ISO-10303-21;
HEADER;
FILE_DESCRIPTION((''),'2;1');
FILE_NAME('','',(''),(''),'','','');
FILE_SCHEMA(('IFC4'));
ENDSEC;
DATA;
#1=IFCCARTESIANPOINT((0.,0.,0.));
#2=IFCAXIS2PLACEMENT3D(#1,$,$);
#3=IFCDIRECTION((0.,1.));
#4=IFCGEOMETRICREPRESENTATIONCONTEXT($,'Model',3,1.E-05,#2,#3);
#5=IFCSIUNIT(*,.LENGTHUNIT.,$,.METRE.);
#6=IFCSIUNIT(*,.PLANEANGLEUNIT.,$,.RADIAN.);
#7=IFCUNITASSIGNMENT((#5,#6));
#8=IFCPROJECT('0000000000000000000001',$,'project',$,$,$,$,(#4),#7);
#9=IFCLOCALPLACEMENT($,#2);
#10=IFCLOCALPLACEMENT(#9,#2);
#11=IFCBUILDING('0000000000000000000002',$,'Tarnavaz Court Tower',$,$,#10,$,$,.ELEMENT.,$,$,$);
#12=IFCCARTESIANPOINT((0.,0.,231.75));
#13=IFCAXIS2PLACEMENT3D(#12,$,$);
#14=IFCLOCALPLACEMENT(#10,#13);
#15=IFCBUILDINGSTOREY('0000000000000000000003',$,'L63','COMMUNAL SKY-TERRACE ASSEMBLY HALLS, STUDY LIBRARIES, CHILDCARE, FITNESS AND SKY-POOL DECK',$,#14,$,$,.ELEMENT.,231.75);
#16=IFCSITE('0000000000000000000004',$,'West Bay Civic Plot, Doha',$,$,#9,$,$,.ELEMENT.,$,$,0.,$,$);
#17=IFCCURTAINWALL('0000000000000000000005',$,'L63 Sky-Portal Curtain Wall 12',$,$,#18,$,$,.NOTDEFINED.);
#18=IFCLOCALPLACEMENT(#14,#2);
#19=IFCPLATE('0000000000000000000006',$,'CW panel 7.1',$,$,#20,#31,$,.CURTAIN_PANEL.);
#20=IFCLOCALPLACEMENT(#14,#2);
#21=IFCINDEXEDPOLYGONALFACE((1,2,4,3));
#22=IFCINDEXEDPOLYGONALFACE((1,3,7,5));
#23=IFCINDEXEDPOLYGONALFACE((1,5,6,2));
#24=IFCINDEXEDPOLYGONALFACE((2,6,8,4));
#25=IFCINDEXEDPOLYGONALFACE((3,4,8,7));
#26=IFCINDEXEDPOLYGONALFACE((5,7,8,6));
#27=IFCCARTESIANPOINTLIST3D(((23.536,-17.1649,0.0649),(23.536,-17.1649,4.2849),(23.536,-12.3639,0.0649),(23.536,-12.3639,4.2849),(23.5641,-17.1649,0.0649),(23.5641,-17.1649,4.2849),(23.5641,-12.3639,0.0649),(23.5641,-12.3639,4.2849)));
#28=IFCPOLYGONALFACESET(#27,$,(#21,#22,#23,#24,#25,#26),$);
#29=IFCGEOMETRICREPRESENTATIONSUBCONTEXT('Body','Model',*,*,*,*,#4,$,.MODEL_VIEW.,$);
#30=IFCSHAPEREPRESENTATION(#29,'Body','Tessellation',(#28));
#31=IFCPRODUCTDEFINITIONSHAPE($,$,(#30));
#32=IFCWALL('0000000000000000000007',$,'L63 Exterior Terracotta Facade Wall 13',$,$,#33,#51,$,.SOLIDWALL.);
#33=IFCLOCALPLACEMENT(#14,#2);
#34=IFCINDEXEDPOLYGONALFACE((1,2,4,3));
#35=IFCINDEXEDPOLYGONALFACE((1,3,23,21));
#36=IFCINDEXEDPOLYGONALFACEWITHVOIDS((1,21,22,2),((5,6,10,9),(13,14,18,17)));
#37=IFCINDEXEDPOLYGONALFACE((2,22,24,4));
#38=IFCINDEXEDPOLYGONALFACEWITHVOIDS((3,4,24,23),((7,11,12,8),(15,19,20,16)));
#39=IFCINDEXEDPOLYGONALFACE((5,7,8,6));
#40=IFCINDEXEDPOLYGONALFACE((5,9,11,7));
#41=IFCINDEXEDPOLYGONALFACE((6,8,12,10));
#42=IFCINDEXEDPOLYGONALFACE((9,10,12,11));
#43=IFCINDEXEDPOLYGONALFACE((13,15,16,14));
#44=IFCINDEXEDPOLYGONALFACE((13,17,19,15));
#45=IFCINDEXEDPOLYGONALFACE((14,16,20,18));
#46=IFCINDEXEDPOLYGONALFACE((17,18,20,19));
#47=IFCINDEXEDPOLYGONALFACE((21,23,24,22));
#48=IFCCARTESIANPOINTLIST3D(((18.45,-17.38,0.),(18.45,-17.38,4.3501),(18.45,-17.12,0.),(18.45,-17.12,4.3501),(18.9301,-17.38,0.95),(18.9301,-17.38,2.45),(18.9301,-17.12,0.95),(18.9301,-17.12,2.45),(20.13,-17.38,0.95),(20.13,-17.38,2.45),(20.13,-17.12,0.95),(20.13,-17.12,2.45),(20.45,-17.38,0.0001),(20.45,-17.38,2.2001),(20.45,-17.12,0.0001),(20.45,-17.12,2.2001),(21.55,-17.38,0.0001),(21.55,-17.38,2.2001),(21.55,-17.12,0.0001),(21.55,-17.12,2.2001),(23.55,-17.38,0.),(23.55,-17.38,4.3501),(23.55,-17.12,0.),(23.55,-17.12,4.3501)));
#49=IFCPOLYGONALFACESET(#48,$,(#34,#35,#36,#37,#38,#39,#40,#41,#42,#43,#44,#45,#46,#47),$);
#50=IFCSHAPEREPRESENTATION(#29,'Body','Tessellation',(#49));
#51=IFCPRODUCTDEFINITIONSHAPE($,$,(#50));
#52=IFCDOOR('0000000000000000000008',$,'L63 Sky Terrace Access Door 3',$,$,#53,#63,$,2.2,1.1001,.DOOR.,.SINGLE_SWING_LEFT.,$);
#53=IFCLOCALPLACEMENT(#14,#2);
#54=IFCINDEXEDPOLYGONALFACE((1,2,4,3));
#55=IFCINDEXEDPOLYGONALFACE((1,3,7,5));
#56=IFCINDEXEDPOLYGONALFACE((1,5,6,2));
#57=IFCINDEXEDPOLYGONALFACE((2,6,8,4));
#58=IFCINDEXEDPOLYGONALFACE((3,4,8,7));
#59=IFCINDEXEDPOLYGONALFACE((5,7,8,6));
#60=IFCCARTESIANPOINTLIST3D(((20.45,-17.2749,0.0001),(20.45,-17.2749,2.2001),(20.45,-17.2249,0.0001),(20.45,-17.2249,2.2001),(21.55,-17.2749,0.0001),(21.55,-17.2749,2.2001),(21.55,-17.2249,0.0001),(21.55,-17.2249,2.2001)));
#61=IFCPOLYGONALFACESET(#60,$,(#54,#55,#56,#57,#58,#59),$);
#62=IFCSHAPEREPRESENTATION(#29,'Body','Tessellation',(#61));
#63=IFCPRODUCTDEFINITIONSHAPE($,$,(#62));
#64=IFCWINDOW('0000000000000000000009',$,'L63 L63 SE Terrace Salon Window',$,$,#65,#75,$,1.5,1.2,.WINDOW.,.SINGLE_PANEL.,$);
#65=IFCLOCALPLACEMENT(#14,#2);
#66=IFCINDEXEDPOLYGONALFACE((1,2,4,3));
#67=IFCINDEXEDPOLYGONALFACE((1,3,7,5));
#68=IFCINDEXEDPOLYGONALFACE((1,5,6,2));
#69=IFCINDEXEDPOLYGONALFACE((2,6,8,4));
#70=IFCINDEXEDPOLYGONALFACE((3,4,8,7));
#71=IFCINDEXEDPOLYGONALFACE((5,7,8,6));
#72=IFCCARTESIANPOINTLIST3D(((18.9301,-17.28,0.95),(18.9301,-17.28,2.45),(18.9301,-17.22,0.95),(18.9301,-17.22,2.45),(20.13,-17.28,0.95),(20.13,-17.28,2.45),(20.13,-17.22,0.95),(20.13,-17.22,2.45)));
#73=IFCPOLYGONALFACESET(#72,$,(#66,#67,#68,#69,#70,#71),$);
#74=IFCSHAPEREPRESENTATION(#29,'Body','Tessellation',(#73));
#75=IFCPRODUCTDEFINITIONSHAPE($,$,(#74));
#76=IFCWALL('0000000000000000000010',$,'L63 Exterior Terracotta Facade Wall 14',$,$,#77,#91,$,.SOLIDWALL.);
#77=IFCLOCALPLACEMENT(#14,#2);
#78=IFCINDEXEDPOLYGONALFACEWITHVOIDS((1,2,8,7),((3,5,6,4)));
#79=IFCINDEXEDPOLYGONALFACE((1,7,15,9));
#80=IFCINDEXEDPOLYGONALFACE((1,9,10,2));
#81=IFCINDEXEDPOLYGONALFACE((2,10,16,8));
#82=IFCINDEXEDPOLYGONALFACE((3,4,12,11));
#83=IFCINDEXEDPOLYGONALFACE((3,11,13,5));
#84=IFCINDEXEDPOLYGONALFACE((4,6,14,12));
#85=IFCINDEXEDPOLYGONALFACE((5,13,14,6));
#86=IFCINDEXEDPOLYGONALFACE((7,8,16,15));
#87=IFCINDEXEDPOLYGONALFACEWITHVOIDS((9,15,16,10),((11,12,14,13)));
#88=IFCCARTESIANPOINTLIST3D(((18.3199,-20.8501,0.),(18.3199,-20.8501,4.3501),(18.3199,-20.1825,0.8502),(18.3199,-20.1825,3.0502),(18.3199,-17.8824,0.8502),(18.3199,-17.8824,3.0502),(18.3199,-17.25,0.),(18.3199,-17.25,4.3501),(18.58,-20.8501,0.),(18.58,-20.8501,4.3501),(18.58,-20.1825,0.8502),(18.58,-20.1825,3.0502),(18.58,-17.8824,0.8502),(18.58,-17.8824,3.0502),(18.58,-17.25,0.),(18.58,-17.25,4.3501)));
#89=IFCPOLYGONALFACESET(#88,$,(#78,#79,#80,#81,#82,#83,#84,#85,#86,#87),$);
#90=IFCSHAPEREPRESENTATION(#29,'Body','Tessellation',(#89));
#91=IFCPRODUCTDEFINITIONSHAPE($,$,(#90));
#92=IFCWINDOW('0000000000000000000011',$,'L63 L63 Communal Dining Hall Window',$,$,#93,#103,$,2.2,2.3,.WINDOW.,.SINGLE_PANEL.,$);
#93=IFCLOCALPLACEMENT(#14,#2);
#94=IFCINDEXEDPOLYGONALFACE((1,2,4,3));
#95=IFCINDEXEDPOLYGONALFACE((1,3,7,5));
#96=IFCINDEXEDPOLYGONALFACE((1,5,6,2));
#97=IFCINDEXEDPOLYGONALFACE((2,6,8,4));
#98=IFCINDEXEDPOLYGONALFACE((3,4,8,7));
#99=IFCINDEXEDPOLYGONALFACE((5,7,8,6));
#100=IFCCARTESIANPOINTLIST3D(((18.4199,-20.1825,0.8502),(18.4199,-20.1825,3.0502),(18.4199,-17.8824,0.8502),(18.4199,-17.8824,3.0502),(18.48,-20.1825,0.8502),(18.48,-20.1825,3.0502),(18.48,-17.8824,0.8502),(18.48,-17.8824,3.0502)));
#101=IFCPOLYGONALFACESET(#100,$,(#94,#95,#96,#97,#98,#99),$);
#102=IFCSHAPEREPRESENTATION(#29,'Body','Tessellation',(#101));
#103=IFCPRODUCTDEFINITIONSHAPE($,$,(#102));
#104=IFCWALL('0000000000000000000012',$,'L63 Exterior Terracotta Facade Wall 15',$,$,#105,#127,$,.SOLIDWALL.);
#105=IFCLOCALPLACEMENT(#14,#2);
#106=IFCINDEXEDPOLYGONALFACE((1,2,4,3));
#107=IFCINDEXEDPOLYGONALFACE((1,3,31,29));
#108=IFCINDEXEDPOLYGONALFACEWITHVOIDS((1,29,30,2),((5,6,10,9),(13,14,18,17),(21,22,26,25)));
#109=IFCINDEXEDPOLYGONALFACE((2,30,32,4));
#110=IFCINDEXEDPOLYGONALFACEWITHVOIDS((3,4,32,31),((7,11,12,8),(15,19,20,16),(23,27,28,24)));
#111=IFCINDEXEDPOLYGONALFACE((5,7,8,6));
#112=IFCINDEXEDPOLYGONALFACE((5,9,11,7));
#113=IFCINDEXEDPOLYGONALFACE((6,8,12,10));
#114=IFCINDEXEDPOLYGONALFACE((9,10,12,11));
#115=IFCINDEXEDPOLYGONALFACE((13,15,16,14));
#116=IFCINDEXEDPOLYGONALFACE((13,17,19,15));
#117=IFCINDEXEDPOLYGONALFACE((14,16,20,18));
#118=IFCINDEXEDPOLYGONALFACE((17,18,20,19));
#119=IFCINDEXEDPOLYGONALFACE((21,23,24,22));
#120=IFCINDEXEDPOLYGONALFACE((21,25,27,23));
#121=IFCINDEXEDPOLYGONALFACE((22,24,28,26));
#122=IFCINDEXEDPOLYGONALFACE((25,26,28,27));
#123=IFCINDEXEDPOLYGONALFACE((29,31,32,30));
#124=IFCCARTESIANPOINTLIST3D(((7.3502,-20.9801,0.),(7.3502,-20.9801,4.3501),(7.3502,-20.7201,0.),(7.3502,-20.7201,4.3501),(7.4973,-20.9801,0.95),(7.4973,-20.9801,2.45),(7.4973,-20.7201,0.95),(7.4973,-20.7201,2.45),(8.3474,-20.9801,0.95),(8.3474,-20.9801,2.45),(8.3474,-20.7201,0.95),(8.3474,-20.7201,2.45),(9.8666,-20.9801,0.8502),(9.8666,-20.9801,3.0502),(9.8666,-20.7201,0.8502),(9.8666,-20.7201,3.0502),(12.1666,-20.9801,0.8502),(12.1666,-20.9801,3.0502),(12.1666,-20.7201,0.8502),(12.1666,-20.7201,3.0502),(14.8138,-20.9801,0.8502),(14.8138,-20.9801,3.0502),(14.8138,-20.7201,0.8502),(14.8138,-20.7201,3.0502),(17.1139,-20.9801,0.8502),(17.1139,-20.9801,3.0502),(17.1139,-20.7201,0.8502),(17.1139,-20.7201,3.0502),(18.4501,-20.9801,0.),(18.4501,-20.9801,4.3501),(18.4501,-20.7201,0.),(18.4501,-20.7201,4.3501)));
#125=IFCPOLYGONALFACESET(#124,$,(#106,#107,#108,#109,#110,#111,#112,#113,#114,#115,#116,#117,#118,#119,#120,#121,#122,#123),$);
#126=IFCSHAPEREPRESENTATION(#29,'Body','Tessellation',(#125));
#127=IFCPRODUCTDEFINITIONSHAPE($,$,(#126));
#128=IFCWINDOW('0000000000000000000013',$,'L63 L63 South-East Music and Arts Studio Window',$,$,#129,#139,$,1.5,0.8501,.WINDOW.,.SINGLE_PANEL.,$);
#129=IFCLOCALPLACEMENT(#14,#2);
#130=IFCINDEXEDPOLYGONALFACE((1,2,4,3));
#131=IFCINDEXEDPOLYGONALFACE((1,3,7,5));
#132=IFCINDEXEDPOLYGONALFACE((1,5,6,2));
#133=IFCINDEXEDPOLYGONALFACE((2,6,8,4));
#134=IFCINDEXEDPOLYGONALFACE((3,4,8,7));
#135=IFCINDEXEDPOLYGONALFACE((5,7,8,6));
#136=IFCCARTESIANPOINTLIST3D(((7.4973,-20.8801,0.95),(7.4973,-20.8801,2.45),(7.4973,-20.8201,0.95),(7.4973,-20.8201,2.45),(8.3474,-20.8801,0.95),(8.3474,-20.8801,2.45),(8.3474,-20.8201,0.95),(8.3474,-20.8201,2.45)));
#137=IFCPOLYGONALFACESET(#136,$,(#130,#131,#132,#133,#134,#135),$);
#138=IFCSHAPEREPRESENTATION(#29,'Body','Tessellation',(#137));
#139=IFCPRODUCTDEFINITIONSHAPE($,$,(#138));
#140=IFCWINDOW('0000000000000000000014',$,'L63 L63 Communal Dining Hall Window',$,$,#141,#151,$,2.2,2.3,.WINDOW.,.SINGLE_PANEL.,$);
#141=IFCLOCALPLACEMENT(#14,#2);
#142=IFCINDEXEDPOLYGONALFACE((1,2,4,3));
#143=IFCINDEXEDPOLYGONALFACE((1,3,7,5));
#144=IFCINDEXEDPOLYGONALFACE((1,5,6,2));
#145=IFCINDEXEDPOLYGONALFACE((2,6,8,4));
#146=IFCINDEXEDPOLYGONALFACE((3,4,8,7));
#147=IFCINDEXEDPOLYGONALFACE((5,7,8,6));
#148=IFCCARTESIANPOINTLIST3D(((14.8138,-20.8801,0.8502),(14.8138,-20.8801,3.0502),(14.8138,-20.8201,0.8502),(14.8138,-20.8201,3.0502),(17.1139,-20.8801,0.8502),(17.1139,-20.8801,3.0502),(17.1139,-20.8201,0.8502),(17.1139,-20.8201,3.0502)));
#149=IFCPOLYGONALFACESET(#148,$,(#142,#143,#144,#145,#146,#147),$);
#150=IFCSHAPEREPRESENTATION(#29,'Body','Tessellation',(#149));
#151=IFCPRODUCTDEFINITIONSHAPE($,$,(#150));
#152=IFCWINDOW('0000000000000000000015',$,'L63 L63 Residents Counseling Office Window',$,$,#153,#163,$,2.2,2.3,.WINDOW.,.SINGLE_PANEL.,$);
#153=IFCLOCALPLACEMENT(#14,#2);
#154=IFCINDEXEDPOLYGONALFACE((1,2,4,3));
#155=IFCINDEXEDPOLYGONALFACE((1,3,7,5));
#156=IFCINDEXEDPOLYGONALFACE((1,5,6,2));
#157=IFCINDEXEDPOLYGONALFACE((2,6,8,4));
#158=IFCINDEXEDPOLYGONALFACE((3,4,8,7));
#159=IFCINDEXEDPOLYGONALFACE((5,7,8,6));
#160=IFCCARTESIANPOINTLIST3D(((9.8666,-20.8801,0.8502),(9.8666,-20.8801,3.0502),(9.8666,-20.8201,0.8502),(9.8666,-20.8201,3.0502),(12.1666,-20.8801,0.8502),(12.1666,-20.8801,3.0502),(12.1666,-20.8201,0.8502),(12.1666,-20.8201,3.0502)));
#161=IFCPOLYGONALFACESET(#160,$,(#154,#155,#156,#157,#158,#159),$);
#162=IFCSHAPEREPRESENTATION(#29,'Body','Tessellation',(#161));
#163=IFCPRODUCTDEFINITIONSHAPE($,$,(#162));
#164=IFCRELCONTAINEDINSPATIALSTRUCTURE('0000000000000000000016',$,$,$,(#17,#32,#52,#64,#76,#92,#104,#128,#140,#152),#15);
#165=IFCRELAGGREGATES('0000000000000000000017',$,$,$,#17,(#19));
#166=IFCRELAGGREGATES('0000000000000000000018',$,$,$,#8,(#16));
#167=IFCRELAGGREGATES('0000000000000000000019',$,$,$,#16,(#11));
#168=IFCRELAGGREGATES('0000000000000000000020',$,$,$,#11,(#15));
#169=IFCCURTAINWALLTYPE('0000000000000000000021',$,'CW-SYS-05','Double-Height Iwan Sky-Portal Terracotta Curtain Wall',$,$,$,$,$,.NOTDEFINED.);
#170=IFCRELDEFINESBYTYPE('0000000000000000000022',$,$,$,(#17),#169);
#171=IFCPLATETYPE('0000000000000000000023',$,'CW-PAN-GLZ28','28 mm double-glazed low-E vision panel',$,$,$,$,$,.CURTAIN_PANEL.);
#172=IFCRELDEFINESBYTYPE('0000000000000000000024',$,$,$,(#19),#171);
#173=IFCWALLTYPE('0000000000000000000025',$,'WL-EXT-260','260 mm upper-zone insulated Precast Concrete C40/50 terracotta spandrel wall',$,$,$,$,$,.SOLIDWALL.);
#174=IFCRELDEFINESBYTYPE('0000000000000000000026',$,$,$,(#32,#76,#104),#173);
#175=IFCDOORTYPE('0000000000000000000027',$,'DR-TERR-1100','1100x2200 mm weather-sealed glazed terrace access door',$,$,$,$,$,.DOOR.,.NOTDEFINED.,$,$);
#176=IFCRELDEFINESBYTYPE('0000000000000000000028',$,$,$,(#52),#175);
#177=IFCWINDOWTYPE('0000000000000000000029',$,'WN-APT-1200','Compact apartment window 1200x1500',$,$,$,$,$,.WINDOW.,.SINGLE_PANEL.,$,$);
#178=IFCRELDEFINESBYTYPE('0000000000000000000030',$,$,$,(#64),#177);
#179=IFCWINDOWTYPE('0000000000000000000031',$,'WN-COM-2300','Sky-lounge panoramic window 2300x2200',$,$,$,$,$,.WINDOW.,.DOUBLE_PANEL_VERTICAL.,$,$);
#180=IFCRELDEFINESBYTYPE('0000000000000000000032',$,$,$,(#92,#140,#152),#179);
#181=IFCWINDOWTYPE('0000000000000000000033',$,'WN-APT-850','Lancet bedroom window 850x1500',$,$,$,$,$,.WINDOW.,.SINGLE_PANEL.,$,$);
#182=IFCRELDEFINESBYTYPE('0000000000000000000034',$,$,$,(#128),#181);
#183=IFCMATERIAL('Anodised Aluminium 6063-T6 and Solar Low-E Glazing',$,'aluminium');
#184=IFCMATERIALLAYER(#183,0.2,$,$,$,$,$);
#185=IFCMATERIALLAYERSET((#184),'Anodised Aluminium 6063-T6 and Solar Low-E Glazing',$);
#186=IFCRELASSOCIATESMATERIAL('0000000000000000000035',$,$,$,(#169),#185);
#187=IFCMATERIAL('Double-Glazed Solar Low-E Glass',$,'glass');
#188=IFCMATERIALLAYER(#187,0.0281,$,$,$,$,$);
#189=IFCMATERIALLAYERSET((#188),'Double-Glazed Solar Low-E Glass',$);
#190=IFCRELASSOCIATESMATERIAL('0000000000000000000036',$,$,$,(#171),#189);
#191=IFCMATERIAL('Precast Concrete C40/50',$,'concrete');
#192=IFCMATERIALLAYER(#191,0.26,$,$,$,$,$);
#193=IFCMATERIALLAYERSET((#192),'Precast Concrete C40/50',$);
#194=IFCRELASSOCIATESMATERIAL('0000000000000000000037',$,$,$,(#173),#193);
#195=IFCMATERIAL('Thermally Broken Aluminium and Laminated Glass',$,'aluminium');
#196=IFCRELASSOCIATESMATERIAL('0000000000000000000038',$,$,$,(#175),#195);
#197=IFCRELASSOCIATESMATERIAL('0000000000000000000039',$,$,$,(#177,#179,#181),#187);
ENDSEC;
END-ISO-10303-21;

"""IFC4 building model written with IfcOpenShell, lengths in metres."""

from ifc_helpers import new_model, si_unit, direction, frame, frame_2d, origin, origin_2d, place, context, subcontext, project, spatial, rectangle, extrude, material, layer, layer_set, type_object, element, fill, aggregate, save


model = new_model("IFC4")

# Units and contexts
model_context = context("Model", 3, precision=1e-05, world=origin(), true_north=direction((0.0, 1.0)))
body_context = subcontext(model_context, "Body", "Model", "MODEL_VIEW")
ifc_project = project(units=[si_unit("LENGTHUNIT", "METRE"), si_unit("PLANEANGLEUNIT", "RADIAN")], contexts=[model_context])

# Site, building, storey
site_placement = place(None, origin())
site = spatial("IfcSite", under=ifc_project, at=site_placement, Name="West Bay Civic Plot, Doha", CompositionType="ELEMENT", RefElevation=0.0)
building_placement = place(site_placement, origin())
building = spatial("IfcBuilding", under=site, at=building_placement, Name="Tarnavaz Court Tower", CompositionType="ELEMENT")
storey_placement = place(building_placement, frame((0.0, 0.0, 231.75)))
storey = spatial("IfcBuildingStorey", under=building, at=storey_placement, Name="L63", Description="COMMUNAL SKY-TERRACE ASSEMBLY HALLS, STUDY LIBRARIES, CHILDCARE, FITNESS AND SKY-POOL DECK", CompositionType="ELEMENT", Elevation=231.75)

# Curtain wall, plate
ifc_material_1 = material(Name="Anodised Aluminium 6063-T6 and Solar Low-E Glazing", Category="aluminium")
ifc_layer_1 = layer(ifc_material_1, 0.2)
ifc_layer_set_1 = layer_set([ifc_layer_1], Name="Anodised Aluminium 6063-T6 and Solar Low-E Glazing")
curtain_wall_type = type_object("IfcCurtainWallType", Name="CW-SYS-05", Description="Double-Height Iwan Sky-Portal Terracotta Curtain Wall", PredefinedType="NOTDEFINED", material=ifc_layer_set_1)
curtain_wall_placement = place(storey_placement, origin())
curtain_wall = element("IfcCurtainWall", 1, at=curtain_wall_placement, inside=storey, type_object=curtain_wall_type, Name="L63 Sky-Portal Curtain Wall 12", PredefinedType="NOTDEFINED")
ifc_material_2 = material(Name="Double-Glazed Solar Low-E Glass", Category="glass")
ifc_layer_2 = layer(ifc_material_2, 0.0281)
ifc_layer_set_2 = layer_set([ifc_layer_2], Name="Double-Glazed Solar Low-E Glass")
plate_type = type_object("IfcPlateType", Name="CW-PAN-GLZ28", Description="28 mm double-glazed low-E vision panel", PredefinedType="CURTAIN_PANEL", material=ifc_layer_set_2)
plate_placement = place(storey_placement, frame((23.55, -14.7644, 0.0649), z_axis=(0.0, 0.0, 1.0), x_axis=(0.0, -1.0, 0.0)))
plate = element("IfcPlate", 2, at=plate_placement, type_object=plate_type, Name="CW panel 7.1", PredefinedType="CURTAIN_PANEL", context=body_context, shape_type="SweptSolid", body=[
    extrude(rectangle(XDim=4.801, YDim=0.0281, at=origin_2d()), origin(), (0.0, 0.0, 1.0), 4.22),
])
aggregate(curtain_wall, [plate])

# Wall, openings, door, window
ifc_material_3 = material(Name="Precast Concrete C40/50", Category="concrete")
ifc_layer_3 = layer(ifc_material_3, 0.26)
ifc_layer_set_3 = layer_set([ifc_layer_3], Name="Precast Concrete C40/50")
wall_type_1 = type_object("IfcWallType", Name="WL-EXT-260", Description="260 mm upper-zone insulated Precast Concrete C40/50 terracotta spandrel wall", PredefinedType="SOLIDWALL", material=ifc_layer_set_3)
wall_1_placement = place(storey_placement, frame((23.55, -17.25, 0.0), z_axis=(0.0, 0.0, 1.0), x_axis=(-1.0, 0.0, 0.0)))
wall_1 = element("IfcWall", 3, at=wall_1_placement, inside=storey, type_object=wall_type_1, Name="L63 Exterior Terracotta Facade Wall 13", PredefinedType="SOLIDWALL", context=body_context, shape_type="SweptSolid", body=[
    extrude(rectangle(XDim=5.1001, YDim=0.26, at=frame_2d((2.55, 0.0))), origin(), (0.0, 0.0, 1.0), 4.3501),
])
opening_1_placement = place(wall_1_placement, frame((2.0, 0.0, 0.0)))
opening_1 = element("IfcOpeningElement", 4, at=opening_1_placement, cuts=wall_1, PredefinedType="OPENING", context=body_context, shape_type="SweptSolid", body=[
    extrude(rectangle(XDim=1.1001, YDim=2.2, at=frame_2d((0.55, 1.1001))), frame((0.0, 0.1399, 0.0), z_axis=(0.0, -1.0, 0.0), x_axis=(1.0, 0.0, 0.0)), (0.0, 0.0, 1.0), 0.28),
])
opening_2_placement = place(wall_1_placement, frame((3.4199, 0.0, 0.95)))
opening_2 = element("IfcOpeningElement", 5, at=opening_2_placement, cuts=wall_1, PredefinedType="OPENING", context=body_context, shape_type="SweptSolid", body=[
    extrude(rectangle(XDim=1.2, YDim=1.5, at=frame_2d((0.6001, 0.75))), frame((0.0, 0.1399, 0.0), z_axis=(0.0, -1.0, 0.0), x_axis=(1.0, 0.0, 0.0)), (0.0, 0.0, 1.0), 0.28),
])
ifc_material_4 = material(Name="Thermally Broken Aluminium and Laminated Glass", Category="aluminium")
door_type = type_object("IfcDoorType", Name="DR-TERR-1100", Description="1100x2200 mm weather-sealed glazed terrace access door", OperationType="NOTDEFINED", PredefinedType="DOOR", material=ifc_material_4)
door_placement = place(opening_1_placement, origin())
door = element("IfcDoor", 6, at=door_placement, inside=storey, type_object=door_type, Name="L63 Sky Terrace Access Door 3", OperationType="SINGLE_SWING_LEFT", OverallHeight=2.2, OverallWidth=1.1001, PredefinedType="DOOR", context=body_context, shape_type="SweptSolid", body=[
    extrude(rectangle(XDim=1.1001, YDim=2.2, at=frame_2d((0.55, 1.1001))), frame((0.0, 0.0249, 0.0), z_axis=(0.0, -1.0, 0.0), x_axis=(1.0, 0.0, 0.0)), (0.0, 0.0, 1.0), 0.05),
])
fill(opening_1, door)
window_type_1 = type_object("IfcWindowType", Name="WN-APT-1200", Description="Compact apartment window 1200x1500", PartitioningType="SINGLE_PANEL", PredefinedType="WINDOW", material=ifc_material_2)
window_1_placement = place(opening_2_placement, origin())
window_1 = element("IfcWindow", 7, at=window_1_placement, inside=storey, type_object=window_type_1, Name="L63 L63 SE Terrace Salon Window", OverallHeight=1.5, OverallWidth=1.2, PartitioningType="SINGLE_PANEL", PredefinedType="WINDOW", context=body_context, shape_type="SweptSolid", body=[
    extrude(rectangle(XDim=1.2, YDim=1.5, at=frame_2d((0.6001, 0.75))), frame((0.0, 0.03, 0.0), z_axis=(0.0, -1.0, 0.0), x_axis=(1.0, 0.0, 0.0)), (0.0, 0.0, 1.0), 0.0601),
])
fill(opening_2, window_1)

# Wall, opening, window
wall_2_placement = place(storey_placement, frame((18.45, -17.25, 0.0), z_axis=(0.0, 0.0, 1.0), x_axis=(0.0, -1.0, 0.0)))
wall_2 = element("IfcWall", 8, at=wall_2_placement, inside=storey, type_object=wall_type_1, Name="L63 Exterior Terracotta Facade Wall 14", PredefinedType="SOLIDWALL", context=body_context, shape_type="SweptSolid", body=[
    extrude(rectangle(XDim=3.6001, YDim=0.26, at=frame_2d((1.8, 0.0))), origin(), (0.0, 0.0, 1.0), 4.3501),
])
opening_3_placement = place(wall_2_placement, frame((0.6326, 0.0, 0.8501)))
opening_3 = element("IfcOpeningElement", 9, at=opening_3_placement, cuts=wall_2, PredefinedType="OPENING", context=body_context, shape_type="SweptSolid", body=[
    extrude(rectangle(XDim=2.3, YDim=2.2, at=frame_2d((1.1499, 1.1001))), frame((0.0, 0.1399, 0.0), z_axis=(0.0, -1.0, 0.0), x_axis=(1.0, 0.0, 0.0)), (0.0, 0.0, 1.0), 0.28),
])
window_type_2 = type_object("IfcWindowType", Name="WN-COM-2300", Description="Sky-lounge panoramic window 2300x2200", PartitioningType="DOUBLE_PANEL_VERTICAL", PredefinedType="WINDOW", material=ifc_material_2)
window_2_placement = place(opening_3_placement, origin())
window_2 = element("IfcWindow", 10, at=window_2_placement, inside=storey, type_object=window_type_2, Name="L63 L63 Communal Dining Hall Window", OverallHeight=2.2, OverallWidth=2.3, PartitioningType="SINGLE_PANEL", PredefinedType="WINDOW", context=body_context, shape_type="SweptSolid", body=[
    extrude(rectangle(XDim=2.3, YDim=2.2, at=frame_2d((1.1499, 1.1001))), frame((0.0, 0.03, 0.0), z_axis=(0.0, -1.0, 0.0), x_axis=(1.0, 0.0, 0.0)), (0.0, 0.0, 1.0), 0.0601),
])
fill(opening_3, window_2)

# Wall, openings, windows
wall_3_placement = place(storey_placement, frame((18.45, -20.8501, 0.0), z_axis=(0.0, 0.0, 1.0), x_axis=(-1.0, 0.0, 0.0)))
wall_3 = element("IfcWall", 11, at=wall_3_placement, inside=storey, type_object=wall_type_1, Name="L63 Exterior Terracotta Facade Wall 15", PredefinedType="SOLIDWALL", context=body_context, shape_type="SweptSolid", body=[
    extrude(rectangle(XDim=11.0999, YDim=0.26, at=frame_2d((5.5498, 0.0))), origin(), (0.0, 0.0, 1.0), 4.3501),
])
opening_4_placement = place(wall_3_placement, frame((1.3362, 0.0, 0.8501)))
opening_4 = element("IfcOpeningElement", 12, at=opening_4_placement, cuts=wall_3, PredefinedType="OPENING", context=body_context, shape_type="SweptSolid", body=[
    extrude(rectangle(XDim=2.3, YDim=2.2, at=frame_2d((1.1499, 1.1001))), frame((0.0, 0.1399, 0.0), z_axis=(0.0, -1.0, 0.0), x_axis=(1.0, 0.0, 0.0)), (0.0, 0.0, 1.0), 0.28),
])
opening_5_placement = place(wall_3_placement, frame((6.2834, 0.0, 0.8501)))
opening_5 = element("IfcOpeningElement", 13, at=opening_5_placement, cuts=wall_3, PredefinedType="OPENING", context=body_context, shape_type="SweptSolid", body=[
    extrude(rectangle(XDim=2.3, YDim=2.2, at=frame_2d((1.1499, 1.1001))), frame((0.0, 0.1399, 0.0), z_axis=(0.0, -1.0, 0.0), x_axis=(1.0, 0.0, 0.0)), (0.0, 0.0, 1.0), 0.28),
])
opening_6_placement = place(wall_3_placement, frame((10.1025, 0.0, 0.95)))
opening_6 = element("IfcOpeningElement", 14, at=opening_6_placement, cuts=wall_3, PredefinedType="OPENING", context=body_context, shape_type="SweptSolid", body=[
    extrude(rectangle(XDim=0.8501, YDim=1.5, at=frame_2d((0.425, 0.75))), frame((0.0, 0.1399, 0.0), z_axis=(0.0, -1.0, 0.0), x_axis=(1.0, 0.0, 0.0)), (0.0, 0.0, 1.0), 0.28),
])
window_type_3 = type_object("IfcWindowType", Name="WN-APT-850", Description="Lancet bedroom window 850x1500", PartitioningType="SINGLE_PANEL", PredefinedType="WINDOW", material=ifc_material_2)
window_3_placement = place(opening_6_placement, origin())
window_3 = element("IfcWindow", 15, at=window_3_placement, inside=storey, type_object=window_type_3, Name="L63 L63 South-East Music and Arts Studio Window", OverallHeight=1.5, OverallWidth=0.8501, PartitioningType="SINGLE_PANEL", PredefinedType="WINDOW", context=body_context, shape_type="SweptSolid", body=[
    extrude(rectangle(XDim=0.8501, YDim=1.5, at=frame_2d((0.425, 0.75))), frame((0.0, 0.03, 0.0), z_axis=(0.0, -1.0, 0.0), x_axis=(1.0, 0.0, 0.0)), (0.0, 0.0, 1.0), 0.0601),
])
fill(opening_6, window_3)
window_4_placement = place(opening_4_placement, origin())
window_4 = element("IfcWindow", 16, at=window_4_placement, inside=storey, type_object=window_type_2, Name="L63 L63 Communal Dining Hall Window", OverallHeight=2.2, OverallWidth=2.3, PartitioningType="SINGLE_PANEL", PredefinedType="WINDOW", context=body_context, shape_type="SweptSolid", body=[
    extrude(rectangle(XDim=2.3, YDim=2.2, at=frame_2d((1.1499, 1.1001))), frame((0.0, 0.03, 0.0), z_axis=(0.0, -1.0, 0.0), x_axis=(1.0, 0.0, 0.0)), (0.0, 0.0, 1.0), 0.0601),
])
fill(opening_4, window_4)
window_5_placement = place(opening_5_placement, origin())
window_5 = element("IfcWindow", 17, at=window_5_placement, inside=storey, type_object=window_type_2, Name="L63 L63 Residents Counseling Office Window", OverallHeight=2.2, OverallWidth=2.3, PartitioningType="SINGLE_PANEL", PredefinedType="WINDOW", context=body_context, shape_type="SweptSolid", body=[
    extrude(rectangle(XDim=2.3, YDim=2.2, at=frame_2d((1.1499, 1.1001))), frame((0.0, 0.03, 0.0), z_axis=(0.0, -1.0, 0.0), x_axis=(1.0, 0.0, 0.0)), (0.0, 0.0, 1.0), 0.0601),
])
fill(opening_5, window_5)

save(model, "model.ifc")
